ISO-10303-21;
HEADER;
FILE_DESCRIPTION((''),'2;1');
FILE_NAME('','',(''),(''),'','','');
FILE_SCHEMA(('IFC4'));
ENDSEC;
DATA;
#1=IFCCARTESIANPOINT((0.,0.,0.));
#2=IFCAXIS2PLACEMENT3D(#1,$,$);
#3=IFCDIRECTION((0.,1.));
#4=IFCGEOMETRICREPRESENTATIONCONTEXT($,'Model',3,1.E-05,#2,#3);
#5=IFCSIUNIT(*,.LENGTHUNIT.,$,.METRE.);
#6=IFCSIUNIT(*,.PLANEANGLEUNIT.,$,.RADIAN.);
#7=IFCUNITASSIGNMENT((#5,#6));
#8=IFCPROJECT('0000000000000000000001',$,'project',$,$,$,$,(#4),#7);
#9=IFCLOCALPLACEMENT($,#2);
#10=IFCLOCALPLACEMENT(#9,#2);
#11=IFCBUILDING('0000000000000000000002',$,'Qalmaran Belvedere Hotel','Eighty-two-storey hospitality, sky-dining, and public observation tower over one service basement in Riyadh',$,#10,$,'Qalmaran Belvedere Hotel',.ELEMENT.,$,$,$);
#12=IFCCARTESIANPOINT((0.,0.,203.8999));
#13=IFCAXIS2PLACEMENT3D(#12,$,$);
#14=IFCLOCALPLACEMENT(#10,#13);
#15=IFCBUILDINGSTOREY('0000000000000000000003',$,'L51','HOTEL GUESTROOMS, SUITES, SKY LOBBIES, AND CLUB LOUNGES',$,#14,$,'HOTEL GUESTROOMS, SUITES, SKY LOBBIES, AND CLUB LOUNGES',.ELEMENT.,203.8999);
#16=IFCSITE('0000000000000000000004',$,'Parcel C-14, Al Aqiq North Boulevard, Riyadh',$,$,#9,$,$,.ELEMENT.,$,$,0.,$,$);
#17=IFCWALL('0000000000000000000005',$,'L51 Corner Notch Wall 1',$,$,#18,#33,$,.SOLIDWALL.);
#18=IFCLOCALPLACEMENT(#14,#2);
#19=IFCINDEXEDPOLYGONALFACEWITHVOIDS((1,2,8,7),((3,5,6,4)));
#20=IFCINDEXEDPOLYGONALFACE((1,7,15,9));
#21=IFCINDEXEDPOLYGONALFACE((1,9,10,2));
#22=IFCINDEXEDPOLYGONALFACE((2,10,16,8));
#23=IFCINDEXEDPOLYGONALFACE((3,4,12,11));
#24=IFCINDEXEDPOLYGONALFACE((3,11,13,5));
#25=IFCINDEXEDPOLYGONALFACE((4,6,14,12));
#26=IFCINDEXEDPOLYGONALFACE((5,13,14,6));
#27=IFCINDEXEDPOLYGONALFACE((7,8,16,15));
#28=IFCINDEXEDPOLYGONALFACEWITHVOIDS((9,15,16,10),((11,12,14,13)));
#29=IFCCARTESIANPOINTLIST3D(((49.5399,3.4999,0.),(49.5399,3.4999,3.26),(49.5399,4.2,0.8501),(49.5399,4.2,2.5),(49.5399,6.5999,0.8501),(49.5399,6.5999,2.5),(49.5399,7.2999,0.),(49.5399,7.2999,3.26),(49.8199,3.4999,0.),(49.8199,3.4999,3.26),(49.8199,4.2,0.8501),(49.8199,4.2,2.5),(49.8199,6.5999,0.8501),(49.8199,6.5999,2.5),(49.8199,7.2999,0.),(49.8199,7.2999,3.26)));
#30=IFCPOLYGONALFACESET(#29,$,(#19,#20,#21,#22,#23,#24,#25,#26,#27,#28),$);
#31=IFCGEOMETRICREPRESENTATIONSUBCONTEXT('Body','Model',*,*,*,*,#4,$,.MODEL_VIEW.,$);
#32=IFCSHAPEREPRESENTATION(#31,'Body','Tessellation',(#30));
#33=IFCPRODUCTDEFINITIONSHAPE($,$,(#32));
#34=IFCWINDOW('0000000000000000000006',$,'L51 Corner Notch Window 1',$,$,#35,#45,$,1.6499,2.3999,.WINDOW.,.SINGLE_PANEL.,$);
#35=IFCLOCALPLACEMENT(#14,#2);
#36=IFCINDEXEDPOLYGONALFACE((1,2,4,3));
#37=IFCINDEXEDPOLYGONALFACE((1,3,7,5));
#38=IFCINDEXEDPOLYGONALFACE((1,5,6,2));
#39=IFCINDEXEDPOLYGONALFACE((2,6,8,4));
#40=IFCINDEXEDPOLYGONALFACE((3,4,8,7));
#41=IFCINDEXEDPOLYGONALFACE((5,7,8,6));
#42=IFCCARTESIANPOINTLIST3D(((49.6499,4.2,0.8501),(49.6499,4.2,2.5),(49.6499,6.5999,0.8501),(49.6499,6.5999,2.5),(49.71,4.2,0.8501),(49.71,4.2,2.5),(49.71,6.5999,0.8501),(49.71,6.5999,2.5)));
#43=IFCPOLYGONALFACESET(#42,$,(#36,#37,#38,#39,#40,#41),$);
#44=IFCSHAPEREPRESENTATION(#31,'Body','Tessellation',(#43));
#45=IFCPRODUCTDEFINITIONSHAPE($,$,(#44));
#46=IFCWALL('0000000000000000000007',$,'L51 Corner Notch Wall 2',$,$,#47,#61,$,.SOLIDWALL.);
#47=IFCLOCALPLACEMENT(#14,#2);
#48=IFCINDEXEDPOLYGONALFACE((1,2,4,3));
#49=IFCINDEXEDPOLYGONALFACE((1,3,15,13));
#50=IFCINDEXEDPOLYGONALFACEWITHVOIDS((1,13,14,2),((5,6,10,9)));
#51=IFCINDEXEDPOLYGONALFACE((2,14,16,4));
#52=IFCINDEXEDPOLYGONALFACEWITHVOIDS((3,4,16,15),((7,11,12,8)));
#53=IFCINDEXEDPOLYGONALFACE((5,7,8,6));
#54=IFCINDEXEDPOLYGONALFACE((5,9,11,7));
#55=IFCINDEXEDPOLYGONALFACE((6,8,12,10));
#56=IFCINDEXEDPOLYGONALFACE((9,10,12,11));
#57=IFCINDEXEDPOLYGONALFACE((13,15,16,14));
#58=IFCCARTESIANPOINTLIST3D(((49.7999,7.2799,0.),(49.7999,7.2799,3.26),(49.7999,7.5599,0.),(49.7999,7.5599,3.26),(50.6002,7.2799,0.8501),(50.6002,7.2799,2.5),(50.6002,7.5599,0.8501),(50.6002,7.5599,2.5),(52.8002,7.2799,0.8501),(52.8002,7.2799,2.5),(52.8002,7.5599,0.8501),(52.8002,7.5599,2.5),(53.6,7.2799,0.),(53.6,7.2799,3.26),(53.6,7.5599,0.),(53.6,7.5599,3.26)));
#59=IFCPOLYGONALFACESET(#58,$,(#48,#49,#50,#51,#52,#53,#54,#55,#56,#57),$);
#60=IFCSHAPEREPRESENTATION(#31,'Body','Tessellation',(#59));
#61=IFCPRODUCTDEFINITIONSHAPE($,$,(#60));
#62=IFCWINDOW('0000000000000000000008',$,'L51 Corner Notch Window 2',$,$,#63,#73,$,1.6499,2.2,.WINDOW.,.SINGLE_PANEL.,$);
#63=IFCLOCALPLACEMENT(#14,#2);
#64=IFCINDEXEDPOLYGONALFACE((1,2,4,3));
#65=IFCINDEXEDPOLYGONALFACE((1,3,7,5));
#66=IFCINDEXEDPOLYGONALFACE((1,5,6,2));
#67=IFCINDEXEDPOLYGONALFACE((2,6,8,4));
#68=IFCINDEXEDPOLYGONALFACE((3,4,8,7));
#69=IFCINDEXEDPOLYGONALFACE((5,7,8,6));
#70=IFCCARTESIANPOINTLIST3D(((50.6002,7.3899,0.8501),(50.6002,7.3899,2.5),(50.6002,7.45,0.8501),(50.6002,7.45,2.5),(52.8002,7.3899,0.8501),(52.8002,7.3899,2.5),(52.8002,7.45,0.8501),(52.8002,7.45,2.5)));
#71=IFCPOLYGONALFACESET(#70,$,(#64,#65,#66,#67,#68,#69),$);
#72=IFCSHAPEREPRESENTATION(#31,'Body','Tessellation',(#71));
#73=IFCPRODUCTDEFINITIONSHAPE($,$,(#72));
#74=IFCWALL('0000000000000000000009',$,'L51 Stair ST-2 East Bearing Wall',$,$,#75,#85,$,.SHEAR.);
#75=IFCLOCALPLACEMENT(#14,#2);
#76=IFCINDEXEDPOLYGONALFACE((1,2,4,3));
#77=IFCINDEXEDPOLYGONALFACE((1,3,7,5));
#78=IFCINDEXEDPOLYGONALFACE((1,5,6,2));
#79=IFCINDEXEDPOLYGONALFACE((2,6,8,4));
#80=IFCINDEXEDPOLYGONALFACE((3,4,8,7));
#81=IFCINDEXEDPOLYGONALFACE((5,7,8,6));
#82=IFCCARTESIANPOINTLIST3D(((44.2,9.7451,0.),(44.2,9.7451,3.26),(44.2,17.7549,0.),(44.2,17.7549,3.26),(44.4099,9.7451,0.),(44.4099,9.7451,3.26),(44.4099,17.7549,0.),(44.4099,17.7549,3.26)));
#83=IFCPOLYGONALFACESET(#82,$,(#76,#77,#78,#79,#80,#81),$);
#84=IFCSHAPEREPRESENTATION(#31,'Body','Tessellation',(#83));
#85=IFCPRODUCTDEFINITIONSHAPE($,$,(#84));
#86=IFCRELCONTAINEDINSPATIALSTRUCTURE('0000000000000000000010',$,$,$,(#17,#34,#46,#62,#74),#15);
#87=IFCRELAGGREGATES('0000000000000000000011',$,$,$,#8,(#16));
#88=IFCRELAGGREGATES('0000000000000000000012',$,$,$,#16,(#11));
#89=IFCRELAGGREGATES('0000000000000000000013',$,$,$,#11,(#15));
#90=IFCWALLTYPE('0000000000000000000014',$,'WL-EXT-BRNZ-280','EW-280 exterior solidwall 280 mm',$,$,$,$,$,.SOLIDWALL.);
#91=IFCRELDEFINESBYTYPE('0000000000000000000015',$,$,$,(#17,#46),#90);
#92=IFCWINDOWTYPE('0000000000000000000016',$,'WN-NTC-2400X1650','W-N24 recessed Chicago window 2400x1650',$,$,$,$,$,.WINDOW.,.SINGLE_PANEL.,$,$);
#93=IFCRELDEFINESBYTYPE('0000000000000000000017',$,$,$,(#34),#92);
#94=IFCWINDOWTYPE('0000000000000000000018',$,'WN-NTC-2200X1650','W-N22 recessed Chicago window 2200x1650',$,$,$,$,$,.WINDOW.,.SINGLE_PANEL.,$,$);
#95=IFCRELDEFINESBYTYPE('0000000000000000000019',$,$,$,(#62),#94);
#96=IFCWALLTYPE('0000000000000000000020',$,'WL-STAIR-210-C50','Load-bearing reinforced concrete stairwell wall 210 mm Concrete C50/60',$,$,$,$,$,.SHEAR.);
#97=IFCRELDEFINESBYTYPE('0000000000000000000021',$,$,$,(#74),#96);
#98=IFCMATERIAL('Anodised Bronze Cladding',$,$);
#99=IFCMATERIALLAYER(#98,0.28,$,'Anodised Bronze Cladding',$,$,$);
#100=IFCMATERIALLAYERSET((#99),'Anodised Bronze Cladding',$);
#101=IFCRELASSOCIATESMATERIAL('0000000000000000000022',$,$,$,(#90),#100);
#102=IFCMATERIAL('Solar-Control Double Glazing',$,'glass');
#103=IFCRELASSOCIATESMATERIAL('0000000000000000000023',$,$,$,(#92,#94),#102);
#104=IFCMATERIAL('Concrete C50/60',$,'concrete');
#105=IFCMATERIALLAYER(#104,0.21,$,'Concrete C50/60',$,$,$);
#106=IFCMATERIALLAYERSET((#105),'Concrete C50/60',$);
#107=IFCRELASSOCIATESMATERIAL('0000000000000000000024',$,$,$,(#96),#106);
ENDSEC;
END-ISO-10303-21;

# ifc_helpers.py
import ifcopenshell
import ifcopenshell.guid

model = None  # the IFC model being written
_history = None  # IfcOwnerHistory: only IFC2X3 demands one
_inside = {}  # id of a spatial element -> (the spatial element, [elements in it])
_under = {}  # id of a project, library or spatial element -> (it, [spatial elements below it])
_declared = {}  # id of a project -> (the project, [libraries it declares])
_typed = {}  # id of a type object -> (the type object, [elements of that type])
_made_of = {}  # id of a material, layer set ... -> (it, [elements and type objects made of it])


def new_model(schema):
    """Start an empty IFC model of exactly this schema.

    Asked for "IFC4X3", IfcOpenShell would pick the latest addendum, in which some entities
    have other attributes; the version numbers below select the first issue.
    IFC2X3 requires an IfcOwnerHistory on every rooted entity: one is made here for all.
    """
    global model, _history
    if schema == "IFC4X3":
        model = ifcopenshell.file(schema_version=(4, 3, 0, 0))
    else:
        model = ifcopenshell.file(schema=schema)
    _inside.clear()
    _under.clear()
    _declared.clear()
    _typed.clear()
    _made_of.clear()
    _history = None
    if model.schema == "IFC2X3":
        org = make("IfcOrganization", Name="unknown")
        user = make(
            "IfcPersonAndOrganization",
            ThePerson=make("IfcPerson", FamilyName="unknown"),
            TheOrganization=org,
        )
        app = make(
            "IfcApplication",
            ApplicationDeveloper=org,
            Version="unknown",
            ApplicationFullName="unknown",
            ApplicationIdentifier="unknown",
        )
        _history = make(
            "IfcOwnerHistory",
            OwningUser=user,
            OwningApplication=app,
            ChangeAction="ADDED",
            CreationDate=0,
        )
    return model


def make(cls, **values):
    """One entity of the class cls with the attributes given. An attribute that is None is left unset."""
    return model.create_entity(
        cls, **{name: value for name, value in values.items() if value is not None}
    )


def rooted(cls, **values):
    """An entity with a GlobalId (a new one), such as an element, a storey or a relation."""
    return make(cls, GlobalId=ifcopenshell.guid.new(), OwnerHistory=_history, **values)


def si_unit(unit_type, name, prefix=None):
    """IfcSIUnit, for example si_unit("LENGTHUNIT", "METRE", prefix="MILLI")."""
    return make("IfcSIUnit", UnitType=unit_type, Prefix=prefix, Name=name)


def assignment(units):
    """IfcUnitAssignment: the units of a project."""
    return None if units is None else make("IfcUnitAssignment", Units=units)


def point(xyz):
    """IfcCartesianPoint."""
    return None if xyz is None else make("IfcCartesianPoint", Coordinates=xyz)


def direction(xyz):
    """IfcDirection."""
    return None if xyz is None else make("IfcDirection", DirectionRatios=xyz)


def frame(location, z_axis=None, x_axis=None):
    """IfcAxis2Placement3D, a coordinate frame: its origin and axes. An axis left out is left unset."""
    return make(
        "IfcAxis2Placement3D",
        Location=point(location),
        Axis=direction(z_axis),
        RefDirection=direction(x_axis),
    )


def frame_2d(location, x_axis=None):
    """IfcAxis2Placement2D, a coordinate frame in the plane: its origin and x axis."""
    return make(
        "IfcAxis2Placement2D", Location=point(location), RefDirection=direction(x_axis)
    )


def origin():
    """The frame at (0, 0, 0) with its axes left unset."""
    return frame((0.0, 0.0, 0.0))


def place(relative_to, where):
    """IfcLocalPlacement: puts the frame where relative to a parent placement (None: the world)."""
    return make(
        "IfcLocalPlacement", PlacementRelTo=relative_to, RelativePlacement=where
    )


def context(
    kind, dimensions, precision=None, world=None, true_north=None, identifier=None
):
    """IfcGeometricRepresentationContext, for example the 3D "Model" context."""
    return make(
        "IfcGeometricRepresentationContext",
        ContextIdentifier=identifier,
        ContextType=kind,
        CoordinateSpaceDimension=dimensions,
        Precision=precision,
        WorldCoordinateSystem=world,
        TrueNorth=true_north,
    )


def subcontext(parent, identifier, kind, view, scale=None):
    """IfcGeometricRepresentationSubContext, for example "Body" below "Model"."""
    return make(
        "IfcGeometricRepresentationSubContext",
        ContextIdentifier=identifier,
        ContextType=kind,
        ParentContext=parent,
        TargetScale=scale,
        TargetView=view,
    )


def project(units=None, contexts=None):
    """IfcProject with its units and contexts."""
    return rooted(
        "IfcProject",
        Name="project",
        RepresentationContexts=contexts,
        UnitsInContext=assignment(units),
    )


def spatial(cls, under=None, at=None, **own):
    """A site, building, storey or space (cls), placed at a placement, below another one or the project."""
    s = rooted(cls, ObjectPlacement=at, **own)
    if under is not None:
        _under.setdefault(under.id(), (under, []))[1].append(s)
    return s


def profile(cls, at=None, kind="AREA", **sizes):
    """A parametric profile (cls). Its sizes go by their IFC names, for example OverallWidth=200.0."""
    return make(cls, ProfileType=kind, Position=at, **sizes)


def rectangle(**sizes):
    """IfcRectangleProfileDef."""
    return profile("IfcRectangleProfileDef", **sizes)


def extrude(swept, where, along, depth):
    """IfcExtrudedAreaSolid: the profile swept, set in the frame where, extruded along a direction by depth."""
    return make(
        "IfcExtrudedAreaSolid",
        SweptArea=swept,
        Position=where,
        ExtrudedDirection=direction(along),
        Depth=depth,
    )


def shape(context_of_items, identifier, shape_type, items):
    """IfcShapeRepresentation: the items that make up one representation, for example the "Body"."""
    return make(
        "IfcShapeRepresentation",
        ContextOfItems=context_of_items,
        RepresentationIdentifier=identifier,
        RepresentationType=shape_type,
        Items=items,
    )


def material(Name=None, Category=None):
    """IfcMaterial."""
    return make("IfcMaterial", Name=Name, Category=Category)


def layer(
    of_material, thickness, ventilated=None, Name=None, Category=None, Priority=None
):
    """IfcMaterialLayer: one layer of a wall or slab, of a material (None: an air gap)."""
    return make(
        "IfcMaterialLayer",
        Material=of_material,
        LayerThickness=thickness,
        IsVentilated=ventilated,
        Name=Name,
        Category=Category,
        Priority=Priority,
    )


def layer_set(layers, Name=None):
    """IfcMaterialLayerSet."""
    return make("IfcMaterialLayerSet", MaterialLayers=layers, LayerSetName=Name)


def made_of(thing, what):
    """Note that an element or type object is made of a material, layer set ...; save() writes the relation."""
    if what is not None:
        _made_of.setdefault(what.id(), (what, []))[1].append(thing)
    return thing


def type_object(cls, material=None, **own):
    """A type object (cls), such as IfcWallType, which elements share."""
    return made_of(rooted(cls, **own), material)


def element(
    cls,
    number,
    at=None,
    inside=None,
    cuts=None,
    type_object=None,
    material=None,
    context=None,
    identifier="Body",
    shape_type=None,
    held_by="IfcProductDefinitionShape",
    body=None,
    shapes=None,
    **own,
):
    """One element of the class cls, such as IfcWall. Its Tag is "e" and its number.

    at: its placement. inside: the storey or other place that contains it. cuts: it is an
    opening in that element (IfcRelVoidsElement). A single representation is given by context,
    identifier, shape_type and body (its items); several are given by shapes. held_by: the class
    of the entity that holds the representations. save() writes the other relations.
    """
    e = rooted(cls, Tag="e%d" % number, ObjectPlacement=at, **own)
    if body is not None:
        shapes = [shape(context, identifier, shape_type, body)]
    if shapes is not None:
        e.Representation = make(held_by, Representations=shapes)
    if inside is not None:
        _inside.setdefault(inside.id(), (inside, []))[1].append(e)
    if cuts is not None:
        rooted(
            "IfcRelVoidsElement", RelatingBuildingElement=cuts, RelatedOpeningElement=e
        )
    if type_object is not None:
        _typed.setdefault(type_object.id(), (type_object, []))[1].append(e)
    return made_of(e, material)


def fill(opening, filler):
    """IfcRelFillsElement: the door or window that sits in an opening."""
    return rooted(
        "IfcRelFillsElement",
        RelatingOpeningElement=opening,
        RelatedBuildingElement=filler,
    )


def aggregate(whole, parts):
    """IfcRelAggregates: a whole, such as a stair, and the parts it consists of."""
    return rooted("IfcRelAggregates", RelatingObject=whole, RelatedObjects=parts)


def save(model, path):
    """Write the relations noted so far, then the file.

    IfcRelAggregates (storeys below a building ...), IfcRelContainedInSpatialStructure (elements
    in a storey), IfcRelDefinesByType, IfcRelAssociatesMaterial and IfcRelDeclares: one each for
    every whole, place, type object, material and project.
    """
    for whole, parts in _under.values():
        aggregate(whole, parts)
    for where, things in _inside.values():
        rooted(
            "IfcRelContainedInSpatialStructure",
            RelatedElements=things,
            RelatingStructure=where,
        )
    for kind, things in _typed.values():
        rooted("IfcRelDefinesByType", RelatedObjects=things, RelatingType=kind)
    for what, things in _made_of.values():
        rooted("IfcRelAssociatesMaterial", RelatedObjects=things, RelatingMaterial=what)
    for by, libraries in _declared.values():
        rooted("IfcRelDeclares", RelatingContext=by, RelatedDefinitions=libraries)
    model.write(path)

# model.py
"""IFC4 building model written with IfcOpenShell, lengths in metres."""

from ifc_helpers import new_model, si_unit, direction, frame, frame_2d, origin, place, context, subcontext, project, spatial, rectangle, extrude, material, layer, layer_set, type_object, element, fill, save


model = new_model("IFC4")

# Units and contexts
model_context = context("Model", 3, precision=1e-05, world=origin(), true_north=direction((0.0, 1.0)))
body_context = subcontext(model_context, "Body", "Model", "MODEL_VIEW")
ifc_project = project(units=[si_unit("LENGTHUNIT", "METRE"), si_unit("PLANEANGLEUNIT", "RADIAN")], contexts=[model_context])

# Site, building, storey
site_placement = place(None, origin())
site = spatial("IfcSite", under=ifc_project, at=site_placement, Name="Parcel C-14, Al Aqiq North Boulevard, Riyadh", CompositionType="ELEMENT", RefElevation=0.0)
building_placement = place(site_placement, origin())
building = spatial("IfcBuilding", under=site, at=building_placement, Name="Qalmaran Belvedere Hotel", Description="Eighty-two-storey hospitality, sky-dining, and public observation tower over one service basement in Riyadh", LongName="Qalmaran Belvedere Hotel", CompositionType="ELEMENT")
storey_placement = place(building_placement, frame((0.0, 0.0, 203.8999)))
storey = spatial("IfcBuildingStorey", under=building, at=storey_placement, Name="L51", Description="HOTEL GUESTROOMS, SUITES, SKY LOBBIES, AND CLUB LOUNGES", LongName="HOTEL GUESTROOMS, SUITES, SKY LOBBIES, AND CLUB LOUNGES", CompositionType="ELEMENT", Elevation=203.8999)

# Shared definitions
ifc_material_1 = material(Name="Concrete C50/60", Category="concrete")

# Shared definitions
ifc_material_2 = material(Name="Solar-Control Double Glazing", Category="glass")

# Walls, openings, windows
ifc_material_3 = material(Name="Anodised Bronze Cladding")
ifc_layer_1 = layer(ifc_material_3, 0.28, Name="Anodised Bronze Cladding")
ifc_layer_set_1 = layer_set([ifc_layer_1], Name="Anodised Bronze Cladding")
wall_type_1 = type_object("IfcWallType", Name="WL-EXT-BRNZ-280", Description="EW-280 exterior solidwall 280 mm", PredefinedType="SOLIDWALL", material=ifc_layer_set_1)
wall_1_placement = place(storey_placement, frame((49.6799, 3.5, 0.0), z_axis=(0.0, 0.0, 1.0), x_axis=(0.0, 1.0, 0.0)))
wall_1 = element("IfcWall", 1, at=wall_1_placement, inside=storey, type_object=wall_type_1, Name="L51 Corner Notch Wall 1", PredefinedType="SOLIDWALL", context=body_context, shape_type="SweptSolid", body=[
    extrude(rectangle(XDim=3.8, YDim=0.28, at=frame_2d((1.8999, 0.0))), origin(), (0.0, 0.0, 1.0), 3.26),
])
opening_1_placement = place(wall_1_placement, frame((0.7, 0.0, 0.8501)))
opening_1 = element("IfcOpeningElement", 2, at=opening_1_placement, cuts=wall_1, PredefinedType="OPENING", context=body_context, shape_type="SweptSolid", body=[
    extrude(rectangle(XDim=2.3999, YDim=1.6499, at=frame_2d((1.2, 0.825))), frame((0.0, 0.1499, 0.0), z_axis=(0.0, -1.0, 0.0), x_axis=(1.0, 0.0, 0.0)), (0.0, 0.0, 1.0), 0.3),
])
window_type_1 = type_object("IfcWindowType", Name="WN-NTC-2400X1650", Description="W-N24 recessed Chicago window 2400x1650", PartitioningType="SINGLE_PANEL", PredefinedType="WINDOW", material=ifc_material_2)
window_1_placement = place(opening_1_placement, origin())
window_1 = element("IfcWindow", 3, at=window_1_placement, inside=storey, type_object=window_type_1, Name="L51 Corner Notch Window 1", OverallHeight=1.6499, OverallWidth=2.3999, PartitioningType="SINGLE_PANEL", PredefinedType="WINDOW", context=body_context, shape_type="SweptSolid", body=[
    extrude(rectangle(XDim=2.3999, YDim=1.6499, at=frame_2d((1.2, 0.825))), frame((0.0, 0.03, 0.0), z_axis=(0.0, -1.0, 0.0), x_axis=(1.0, 0.0, 0.0)), (0.0, 0.0, 1.0), 0.0601),
])
fill(opening_1, window_1)
wall_2_placement = place(storey_placement, frame((49.8, 7.4199, 0.0), z_axis=(0.0, 0.0, 1.0), x_axis=(1.0, 0.0, 0.0)))
wall_2 = element("IfcWall", 4, at=wall_2_placement, inside=storey, type_object=wall_type_1, Name="L51 Corner Notch Wall 2", PredefinedType="SOLIDWALL", context=body_context, shape_type="SweptSolid", body=[
    extrude(rectangle(XDim=3.8, YDim=0.28, at=frame_2d((1.8999, 0.0))), origin(), (0.0, 0.0, 1.0), 3.26),
])
opening_2_placement = place(wall_2_placement, frame((0.8, 0.0, 0.8501)))
opening_2 = element("IfcOpeningElement", 5, at=opening_2_placement, cuts=wall_2, PredefinedType="OPENING", context=body_context, shape_type="SweptSolid", body=[
    extrude(rectangle(XDim=2.2, YDim=1.6499, at=frame_2d((1.1001, 0.825))), frame((0.0, 0.1499, 0.0), z_axis=(0.0, -1.0, 0.0), x_axis=(1.0, 0.0, 0.0)), (0.0, 0.0, 1.0), 0.3),
])
window_type_2 = type_object("IfcWindowType", Name="WN-NTC-2200X1650", Description="W-N22 recessed Chicago window 2200x1650", PartitioningType="SINGLE_PANEL", PredefinedType="WINDOW", material=ifc_material_2)
window_2_placement = place(opening_2_placement, origin())
window_2 = element("IfcWindow", 6, at=window_2_placement, inside=storey, type_object=window_type_2, Name="L51 Corner Notch Window 2", OverallHeight=1.6499, OverallWidth=2.2, PartitioningType="SINGLE_PANEL", PredefinedType="WINDOW", context=body_context, shape_type="SweptSolid", body=[
    extrude(rectangle(XDim=2.2, YDim=1.6499, at=frame_2d((1.1001, 0.825))), frame((0.0, 0.03, 0.0), z_axis=(0.0, -1.0, 0.0), x_axis=(1.0, 0.0, 0.0)), (0.0, 0.0, 1.0), 0.0601),
])
fill(opening_2, window_2)

# Wall
ifc_layer_2 = layer(ifc_material_1, 0.21, Name="Concrete C50/60")
ifc_layer_set_2 = layer_set([ifc_layer_2], Name="Concrete C50/60")
wall_type_2 = type_object("IfcWallType", Name="WL-STAIR-210-C50", Description="Load-bearing reinforced concrete stairwell wall 210 mm Concrete C50/60", PredefinedType="SHEAR", material=ifc_layer_set_2)
wall_3_placement = place(storey_placement, frame((44.3049, 9.7451, 0.0), z_axis=(0.0, 0.0, 1.0), x_axis=(0.0, 1.0, 0.0)))
element("IfcWall", 7, at=wall_3_placement, inside=storey, type_object=wall_type_2, Name="L51 Stair ST-2 East Bearing Wall", PredefinedType="SHEAR", context=body_context, shape_type="SweptSolid", body=[
    extrude(rectangle(XDim=8.0098, YDim=0.21, at=frame_2d((4.0049, 0.0))), origin(), (0.0, 0.0, 1.0), 3.26),
])

save(model, "model.ifc")
